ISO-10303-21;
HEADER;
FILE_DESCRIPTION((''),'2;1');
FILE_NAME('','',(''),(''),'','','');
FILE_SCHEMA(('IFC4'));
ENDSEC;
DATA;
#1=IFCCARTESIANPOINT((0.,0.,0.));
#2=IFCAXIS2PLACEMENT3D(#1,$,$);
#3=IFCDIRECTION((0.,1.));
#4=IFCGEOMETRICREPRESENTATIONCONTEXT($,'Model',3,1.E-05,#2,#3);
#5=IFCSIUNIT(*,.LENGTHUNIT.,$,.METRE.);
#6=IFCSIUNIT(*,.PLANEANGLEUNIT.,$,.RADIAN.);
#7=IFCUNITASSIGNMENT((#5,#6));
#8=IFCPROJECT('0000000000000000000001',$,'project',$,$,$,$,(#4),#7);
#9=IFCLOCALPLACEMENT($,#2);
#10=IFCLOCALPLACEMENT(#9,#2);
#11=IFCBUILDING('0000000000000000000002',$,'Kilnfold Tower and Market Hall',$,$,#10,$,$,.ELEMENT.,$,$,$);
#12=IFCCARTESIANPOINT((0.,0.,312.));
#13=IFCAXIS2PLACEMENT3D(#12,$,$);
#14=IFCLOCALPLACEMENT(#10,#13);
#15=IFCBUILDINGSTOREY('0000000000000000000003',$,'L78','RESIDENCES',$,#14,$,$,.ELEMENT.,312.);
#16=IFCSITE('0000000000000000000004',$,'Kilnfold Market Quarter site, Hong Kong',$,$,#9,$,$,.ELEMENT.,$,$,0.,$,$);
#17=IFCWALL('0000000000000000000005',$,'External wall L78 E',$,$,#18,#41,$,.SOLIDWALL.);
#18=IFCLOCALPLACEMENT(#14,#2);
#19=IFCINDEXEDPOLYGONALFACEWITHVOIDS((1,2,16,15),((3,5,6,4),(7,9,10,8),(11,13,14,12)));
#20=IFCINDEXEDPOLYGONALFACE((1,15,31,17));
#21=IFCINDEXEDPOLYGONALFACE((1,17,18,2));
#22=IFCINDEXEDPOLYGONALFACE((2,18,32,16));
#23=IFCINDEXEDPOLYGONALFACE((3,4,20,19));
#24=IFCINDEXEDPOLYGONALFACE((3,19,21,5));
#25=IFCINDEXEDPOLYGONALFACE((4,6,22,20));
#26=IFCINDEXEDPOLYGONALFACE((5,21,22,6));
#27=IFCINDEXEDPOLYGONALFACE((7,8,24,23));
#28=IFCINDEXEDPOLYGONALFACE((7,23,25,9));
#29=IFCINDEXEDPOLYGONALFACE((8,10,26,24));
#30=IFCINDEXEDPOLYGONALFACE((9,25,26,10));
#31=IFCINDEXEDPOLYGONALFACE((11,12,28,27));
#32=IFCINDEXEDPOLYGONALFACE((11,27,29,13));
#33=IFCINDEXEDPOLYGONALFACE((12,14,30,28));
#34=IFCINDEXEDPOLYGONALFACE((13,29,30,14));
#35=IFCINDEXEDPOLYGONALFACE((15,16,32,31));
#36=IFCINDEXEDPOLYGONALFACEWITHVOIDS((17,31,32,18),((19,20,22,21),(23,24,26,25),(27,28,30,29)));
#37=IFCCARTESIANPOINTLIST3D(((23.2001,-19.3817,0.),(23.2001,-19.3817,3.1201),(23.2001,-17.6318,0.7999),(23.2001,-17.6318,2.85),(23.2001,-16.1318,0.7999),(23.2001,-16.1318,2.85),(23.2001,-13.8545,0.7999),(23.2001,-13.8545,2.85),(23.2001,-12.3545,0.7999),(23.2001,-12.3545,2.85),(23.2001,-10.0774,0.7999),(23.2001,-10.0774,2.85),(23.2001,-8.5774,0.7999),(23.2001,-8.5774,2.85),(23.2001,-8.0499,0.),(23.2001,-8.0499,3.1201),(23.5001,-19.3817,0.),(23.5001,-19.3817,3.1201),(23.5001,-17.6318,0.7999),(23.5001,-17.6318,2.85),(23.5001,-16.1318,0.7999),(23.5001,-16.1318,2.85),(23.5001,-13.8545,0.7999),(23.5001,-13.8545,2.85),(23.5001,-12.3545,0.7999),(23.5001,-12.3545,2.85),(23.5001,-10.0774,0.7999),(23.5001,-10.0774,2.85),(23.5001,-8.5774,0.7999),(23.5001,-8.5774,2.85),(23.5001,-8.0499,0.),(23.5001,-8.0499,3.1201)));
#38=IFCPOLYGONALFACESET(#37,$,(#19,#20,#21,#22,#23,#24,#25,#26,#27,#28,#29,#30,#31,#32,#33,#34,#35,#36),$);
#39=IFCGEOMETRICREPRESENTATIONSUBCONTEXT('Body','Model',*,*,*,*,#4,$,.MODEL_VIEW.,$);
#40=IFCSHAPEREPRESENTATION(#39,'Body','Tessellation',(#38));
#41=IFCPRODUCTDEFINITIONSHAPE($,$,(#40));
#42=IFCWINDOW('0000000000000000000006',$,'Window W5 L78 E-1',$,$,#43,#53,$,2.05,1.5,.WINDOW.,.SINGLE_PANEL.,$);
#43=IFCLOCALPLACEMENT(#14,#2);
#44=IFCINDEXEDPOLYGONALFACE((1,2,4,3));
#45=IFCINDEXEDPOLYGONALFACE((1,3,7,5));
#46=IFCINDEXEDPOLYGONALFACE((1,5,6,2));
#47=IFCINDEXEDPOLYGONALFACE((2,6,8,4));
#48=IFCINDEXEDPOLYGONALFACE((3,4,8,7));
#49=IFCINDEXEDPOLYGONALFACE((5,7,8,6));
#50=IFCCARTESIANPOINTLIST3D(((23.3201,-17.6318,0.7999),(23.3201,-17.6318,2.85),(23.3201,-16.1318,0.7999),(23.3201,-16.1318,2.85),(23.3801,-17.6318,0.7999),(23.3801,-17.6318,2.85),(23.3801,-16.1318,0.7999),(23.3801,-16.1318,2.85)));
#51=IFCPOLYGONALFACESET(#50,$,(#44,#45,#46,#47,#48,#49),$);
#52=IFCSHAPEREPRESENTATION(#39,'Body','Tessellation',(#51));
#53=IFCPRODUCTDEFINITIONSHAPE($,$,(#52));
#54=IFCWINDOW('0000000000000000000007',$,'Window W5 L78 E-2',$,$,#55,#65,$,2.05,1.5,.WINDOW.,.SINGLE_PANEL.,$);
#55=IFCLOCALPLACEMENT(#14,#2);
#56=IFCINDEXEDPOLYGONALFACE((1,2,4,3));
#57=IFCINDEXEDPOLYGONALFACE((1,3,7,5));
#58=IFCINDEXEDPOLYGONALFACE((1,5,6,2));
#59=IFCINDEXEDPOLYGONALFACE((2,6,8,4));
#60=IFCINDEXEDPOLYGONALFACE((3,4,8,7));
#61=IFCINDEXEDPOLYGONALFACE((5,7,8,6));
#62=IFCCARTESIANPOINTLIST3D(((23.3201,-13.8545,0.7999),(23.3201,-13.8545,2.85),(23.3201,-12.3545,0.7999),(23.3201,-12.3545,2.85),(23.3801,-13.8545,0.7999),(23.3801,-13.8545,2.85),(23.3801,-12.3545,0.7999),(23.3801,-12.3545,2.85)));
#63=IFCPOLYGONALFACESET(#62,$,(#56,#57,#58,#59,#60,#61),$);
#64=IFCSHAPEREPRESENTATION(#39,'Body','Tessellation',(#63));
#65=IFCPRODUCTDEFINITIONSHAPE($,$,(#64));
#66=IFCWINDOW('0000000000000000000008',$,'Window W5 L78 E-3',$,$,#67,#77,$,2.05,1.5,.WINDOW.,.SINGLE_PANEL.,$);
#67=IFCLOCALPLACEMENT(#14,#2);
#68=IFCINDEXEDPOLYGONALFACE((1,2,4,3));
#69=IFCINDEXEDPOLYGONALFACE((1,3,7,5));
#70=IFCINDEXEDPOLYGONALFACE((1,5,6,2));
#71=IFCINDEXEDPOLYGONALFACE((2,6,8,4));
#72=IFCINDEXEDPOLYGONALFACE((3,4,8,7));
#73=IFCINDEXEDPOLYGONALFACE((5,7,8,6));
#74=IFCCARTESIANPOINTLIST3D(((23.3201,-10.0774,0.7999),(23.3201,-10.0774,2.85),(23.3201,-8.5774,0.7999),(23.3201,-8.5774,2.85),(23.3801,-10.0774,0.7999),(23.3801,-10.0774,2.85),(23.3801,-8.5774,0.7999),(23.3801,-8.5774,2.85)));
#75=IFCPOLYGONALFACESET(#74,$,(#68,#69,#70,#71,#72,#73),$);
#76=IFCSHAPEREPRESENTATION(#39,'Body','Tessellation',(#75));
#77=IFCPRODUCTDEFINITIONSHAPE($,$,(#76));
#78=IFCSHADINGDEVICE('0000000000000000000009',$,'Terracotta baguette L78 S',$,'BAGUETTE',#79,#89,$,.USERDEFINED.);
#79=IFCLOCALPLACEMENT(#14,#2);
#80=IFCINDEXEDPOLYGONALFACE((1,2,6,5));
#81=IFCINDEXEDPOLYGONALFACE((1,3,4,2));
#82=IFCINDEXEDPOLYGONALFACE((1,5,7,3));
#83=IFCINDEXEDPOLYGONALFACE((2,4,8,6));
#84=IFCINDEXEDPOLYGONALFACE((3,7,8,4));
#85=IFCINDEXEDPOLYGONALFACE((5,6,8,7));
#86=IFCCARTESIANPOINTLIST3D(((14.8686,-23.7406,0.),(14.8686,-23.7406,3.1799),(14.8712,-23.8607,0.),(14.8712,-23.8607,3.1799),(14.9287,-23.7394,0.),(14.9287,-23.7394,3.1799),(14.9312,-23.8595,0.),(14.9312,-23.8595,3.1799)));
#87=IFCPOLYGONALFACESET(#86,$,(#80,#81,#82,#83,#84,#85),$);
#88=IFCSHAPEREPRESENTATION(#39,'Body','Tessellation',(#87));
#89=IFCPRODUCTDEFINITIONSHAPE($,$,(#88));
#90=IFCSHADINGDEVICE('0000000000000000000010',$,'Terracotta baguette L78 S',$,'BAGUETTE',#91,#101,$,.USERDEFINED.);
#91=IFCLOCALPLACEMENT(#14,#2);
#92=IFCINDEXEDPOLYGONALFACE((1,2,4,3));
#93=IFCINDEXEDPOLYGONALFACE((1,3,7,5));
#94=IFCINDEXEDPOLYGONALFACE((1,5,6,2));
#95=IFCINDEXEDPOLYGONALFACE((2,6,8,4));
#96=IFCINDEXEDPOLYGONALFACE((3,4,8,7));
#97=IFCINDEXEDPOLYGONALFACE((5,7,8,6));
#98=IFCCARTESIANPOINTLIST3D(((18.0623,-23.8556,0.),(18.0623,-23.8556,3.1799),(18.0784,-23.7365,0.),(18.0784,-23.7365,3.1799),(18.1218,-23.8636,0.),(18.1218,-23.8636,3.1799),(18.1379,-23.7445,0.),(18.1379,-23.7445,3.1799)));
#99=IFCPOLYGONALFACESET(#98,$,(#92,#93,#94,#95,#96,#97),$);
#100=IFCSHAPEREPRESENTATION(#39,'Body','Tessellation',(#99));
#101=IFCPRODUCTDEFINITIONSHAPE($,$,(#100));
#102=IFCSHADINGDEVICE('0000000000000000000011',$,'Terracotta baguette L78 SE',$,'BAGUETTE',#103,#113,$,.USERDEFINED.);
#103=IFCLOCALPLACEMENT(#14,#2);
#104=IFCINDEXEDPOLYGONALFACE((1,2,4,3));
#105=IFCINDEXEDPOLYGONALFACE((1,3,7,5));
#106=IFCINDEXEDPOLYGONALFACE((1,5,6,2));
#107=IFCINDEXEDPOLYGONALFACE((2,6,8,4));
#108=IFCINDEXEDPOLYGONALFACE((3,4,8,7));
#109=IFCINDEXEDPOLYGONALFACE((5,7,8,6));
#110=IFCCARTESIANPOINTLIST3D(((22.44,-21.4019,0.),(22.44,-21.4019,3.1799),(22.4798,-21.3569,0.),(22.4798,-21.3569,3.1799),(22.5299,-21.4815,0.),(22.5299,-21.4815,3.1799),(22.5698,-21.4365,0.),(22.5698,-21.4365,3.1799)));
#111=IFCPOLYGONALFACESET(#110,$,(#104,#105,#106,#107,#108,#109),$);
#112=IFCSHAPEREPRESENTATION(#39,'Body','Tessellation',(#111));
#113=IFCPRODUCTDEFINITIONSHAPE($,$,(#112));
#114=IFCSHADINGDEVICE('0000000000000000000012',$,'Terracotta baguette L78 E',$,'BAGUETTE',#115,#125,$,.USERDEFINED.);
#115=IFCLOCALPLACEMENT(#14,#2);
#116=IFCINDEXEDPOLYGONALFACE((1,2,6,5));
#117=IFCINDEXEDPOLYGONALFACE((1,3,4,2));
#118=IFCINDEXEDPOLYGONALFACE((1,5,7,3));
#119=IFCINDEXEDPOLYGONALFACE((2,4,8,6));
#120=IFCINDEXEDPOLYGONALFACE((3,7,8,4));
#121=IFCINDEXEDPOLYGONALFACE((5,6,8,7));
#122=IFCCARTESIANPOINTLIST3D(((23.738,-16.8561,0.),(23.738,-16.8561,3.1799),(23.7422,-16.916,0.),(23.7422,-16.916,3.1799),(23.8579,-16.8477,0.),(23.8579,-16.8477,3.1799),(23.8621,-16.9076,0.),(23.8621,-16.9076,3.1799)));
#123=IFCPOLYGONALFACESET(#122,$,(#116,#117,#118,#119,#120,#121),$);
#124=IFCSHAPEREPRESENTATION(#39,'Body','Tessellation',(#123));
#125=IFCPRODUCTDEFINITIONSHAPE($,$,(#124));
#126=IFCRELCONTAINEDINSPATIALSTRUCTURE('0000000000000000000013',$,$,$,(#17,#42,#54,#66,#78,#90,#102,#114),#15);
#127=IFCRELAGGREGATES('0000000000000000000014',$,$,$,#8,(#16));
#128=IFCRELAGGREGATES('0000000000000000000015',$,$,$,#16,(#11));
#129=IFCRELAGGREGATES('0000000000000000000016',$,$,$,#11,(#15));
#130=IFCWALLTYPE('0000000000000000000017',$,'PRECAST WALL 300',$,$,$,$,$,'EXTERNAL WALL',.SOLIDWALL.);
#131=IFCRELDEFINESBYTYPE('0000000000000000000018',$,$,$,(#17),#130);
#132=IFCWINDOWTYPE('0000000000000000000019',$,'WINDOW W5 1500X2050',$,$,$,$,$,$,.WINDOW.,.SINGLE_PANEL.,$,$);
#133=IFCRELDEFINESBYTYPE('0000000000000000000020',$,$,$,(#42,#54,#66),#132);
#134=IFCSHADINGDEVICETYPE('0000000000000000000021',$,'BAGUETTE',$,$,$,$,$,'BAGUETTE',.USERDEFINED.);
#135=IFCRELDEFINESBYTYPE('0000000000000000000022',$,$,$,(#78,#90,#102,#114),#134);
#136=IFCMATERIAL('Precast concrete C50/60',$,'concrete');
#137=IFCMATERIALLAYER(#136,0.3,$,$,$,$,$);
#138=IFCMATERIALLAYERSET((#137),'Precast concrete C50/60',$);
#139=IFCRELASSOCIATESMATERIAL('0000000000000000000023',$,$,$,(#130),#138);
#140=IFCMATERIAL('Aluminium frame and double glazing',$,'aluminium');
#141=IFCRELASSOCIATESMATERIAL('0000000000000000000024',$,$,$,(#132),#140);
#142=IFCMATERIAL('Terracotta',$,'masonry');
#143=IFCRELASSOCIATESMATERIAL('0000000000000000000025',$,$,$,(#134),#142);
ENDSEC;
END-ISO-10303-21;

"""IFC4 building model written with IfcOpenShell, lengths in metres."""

from ifc_helpers import new_model, si_unit, direction, frame, frame_2d, origin, origin_2d, place, context, subcontext, project, spatial, rectangle, extrude, source, transform, mapped, material, layer, layer_set, material_profile, profile_set, type_object, element, fill, save


model = new_model("IFC4")

# Units and contexts
model_context = context("Model", 3, precision=1e-05, world=origin(), true_north=direction((0.0, 1.0)))
body_context = subcontext(model_context, "Body", "Model", "MODEL_VIEW")
ifc_project = project(units=[si_unit("LENGTHUNIT", "METRE"), si_unit("PLANEANGLEUNIT", "RADIAN")], contexts=[model_context])

# Site, building, storey
site_placement = place(None, origin())
site = spatial("IfcSite", under=ifc_project, at=site_placement, Name="Kilnfold Market Quarter site, Hong Kong", CompositionType="ELEMENT", RefElevation=0.0)
building_placement = place(site_placement, origin())
building = spatial("IfcBuilding", under=site, at=building_placement, Name="Kilnfold Tower and Market Hall", CompositionType="ELEMENT")
storey_placement = place(building_placement, frame((0.0, 0.0, 312.0)))
storey = spatial("IfcBuildingStorey", under=building, at=storey_placement, Name="L78", Description="RESIDENCES", CompositionType="ELEMENT", Elevation=312.0)

# Shared definitions
ifc_material_1 = material(Name="Precast concrete C50/60", Category="concrete")
ifc_layer_1 = layer(ifc_material_1, 0.3)
ifc_layer_set_1 = layer_set([ifc_layer_1], Name="Precast concrete C50/60")
wall_type_1 = type_object("IfcWallType", Name="PRECAST WALL 300", ElementType="EXTERNAL WALL", PredefinedType="SOLIDWALL", material=ifc_layer_set_1)
ifc_material_2 = material(Name="Aluminium frame and double glazing", Category="aluminium")
window_type = type_object("IfcWindowType", Name="WINDOW W5 1500X2050", PartitioningType="SINGLE_PANEL", PredefinedType="WINDOW", material=ifc_material_2)

# Wall, openings, windows
shared_shape_1 = source(origin(), body_context, "Body", "SweptSolid", [
    extrude(rectangle(XDim=11.3318, YDim=0.3, at=frame_2d((5.666, 0.0))), origin(), (0.0, 0.0, 1.0), 3.1201),
])
wall_1_placement = place(storey_placement, frame((23.3501, -19.3818, 0.0), z_axis=(0.0, 0.0, 1.0), x_axis=(0.0, 1.0, 0.0)))
wall_1 = element("IfcWall", 1, at=wall_1_placement, inside=storey, type_object=wall_type_1, Name="External wall L78 E", PredefinedType="SOLIDWALL", context=body_context, shape_type="MappedRepresentation", body=[
    mapped(shared_shape_1, transform((0.0, 0.0, 0.0))),
])
opening_1_placement = place(wall_1_placement, frame((1.75, 0.0, 0.8)))
opening_1 = element("IfcOpeningElement", 2, at=opening_1_placement, cuts=wall_1, PredefinedType="OPENING", context=body_context, shape_type="SweptSolid", body=[
    extrude(rectangle(XDim=1.5, YDim=2.05, at=frame_2d((0.75, 1.0249))), frame((0.0, 0.1602, 0.0), z_axis=(0.0, -1.0, 0.0), x_axis=(1.0, 0.0, 0.0)), (0.0, 0.0, 1.0), 0.3201),
])
opening_2_placement = place(wall_1_placement, frame((5.5273, 0.0, 0.8)))
opening_2 = element("IfcOpeningElement", 3, at=opening_2_placement, cuts=wall_1, PredefinedType="OPENING", context=body_context, shape_type="SweptSolid", body=[
    extrude(rectangle(XDim=1.5, YDim=2.05, at=frame_2d((0.75, 1.0249))), frame((0.0, 0.1602, 0.0), z_axis=(0.0, -1.0, 0.0), x_axis=(1.0, 0.0, 0.0)), (0.0, 0.0, 1.0), 0.3201),
])
opening_3_placement = place(wall_1_placement, frame((9.3044, 0.0, 0.8)))
opening_3 = element("IfcOpeningElement", 4, at=opening_3_placement, cuts=wall_1, PredefinedType="OPENING", context=body_context, shape_type="SweptSolid", body=[
    extrude(rectangle(XDim=1.5, YDim=2.05, at=frame_2d((0.75, 1.0249))), frame((0.0, 0.1602, 0.0), z_axis=(0.0, -1.0, 0.0), x_axis=(1.0, 0.0, 0.0)), (0.0, 0.0, 1.0), 0.3201),
])
window_1_placement = place(opening_1_placement, origin())
window_1 = element("IfcWindow", 5, at=window_1_placement, inside=storey, type_object=window_type, Name="Window W5 L78 E-1", OverallHeight=2.05, OverallWidth=1.5, PartitioningType="SINGLE_PANEL", PredefinedType="WINDOW", context=body_context, shape_type="SweptSolid", body=[
    extrude(rectangle(XDim=1.5, YDim=2.05, at=frame_2d((0.75, 1.0249))), frame((0.0, 0.03, 0.0), z_axis=(0.0, -1.0, 0.0), x_axis=(1.0, 0.0, 0.0)), (0.0, 0.0, 1.0), 0.0601),
])
fill(opening_1, window_1)
window_2_placement = place(opening_2_placement, origin())
window_2 = element("IfcWindow", 6, at=window_2_placement, inside=storey, type_object=window_type, Name="Window W5 L78 E-2", OverallHeight=2.05, OverallWidth=1.5, PartitioningType="SINGLE_PANEL", PredefinedType="WINDOW", context=body_context, shape_type="SweptSolid", body=[
    extrude(rectangle(XDim=1.5, YDim=2.05, at=frame_2d((0.75, 1.0249))), frame((0.0, 0.03, 0.0), z_axis=(0.0, -1.0, 0.0), x_axis=(1.0, 0.0, 0.0)), (0.0, 0.0, 1.0), 0.0601),
])
fill(opening_2, window_2)
window_3_placement = place(opening_3_placement, origin())
window_3 = element("IfcWindow", 7, at=window_3_placement, inside=storey, type_object=window_type, Name="Window W5 L78 E-3", OverallHeight=2.05, OverallWidth=1.5, PartitioningType="SINGLE_PANEL", PredefinedType="WINDOW", context=body_context, shape_type="SweptSolid", body=[
    extrude(rectangle(XDim=1.5, YDim=2.05, at=frame_2d((0.75, 1.0249))), frame((0.0, 0.03, 0.0), z_axis=(0.0, -1.0, 0.0), x_axis=(1.0, 0.0, 0.0)), (0.0, 0.0, 1.0), 0.0601),
])
fill(opening_3, window_3)

# Shading devices
ifc_material_3 = material(Name="Terracotta", Category="masonry")
ifc_material_profile_1 = material_profile(ifc_material_3, rectangle(XDim=0.0601, YDim=0.1201, at=origin_2d()), Name="BAG 60x120")
ifc_profile_set_1 = profile_set([ifc_material_profile_1], Name="Terracotta")
shading_device_type = type_object("IfcShadingDeviceType", Name="BAGUETTE", ElementType="BAGUETTE", PredefinedType="USERDEFINED", material=ifc_profile_set_1)
shared_shape_2 = source(origin(), body_context, "Body", "SweptSolid", [
    extrude(rectangle(XDim=0.0601, YDim=0.1201, at=origin_2d()), origin(), (0.0, 0.0, 1.0), 3.1799),
])
for number, where, z_axis, x_axis, name in (
    (8, (14.8999, -23.8, 0.0), (0.0, 0.0, 1.0), (0.999775, 0.021222, 0.0), "Terracotta baguette L78 S"),
    (9, (18.1001, -23.8, 0.0), (0.0, 0.0, 1.0), (0.991048, -0.133507, 0.0), "Terracotta baguette L78 S"),
    (10, (22.5049, -21.4192, 0.0), (0.0, 0.0, 1.0), (0.662892, 0.748715, 0.0), "Terracotta baguette L78 SE"),
    (11, (23.8, -16.8818, 0.0), (0.0, 0.0, 1.0), (-0.070047, 0.997544, 0.0), "Terracotta baguette L78 E"),
):
    element("IfcShadingDevice", number, at=place(storey_placement, frame(where, z_axis=z_axis, x_axis=x_axis)), inside=storey, type_object=shading_device_type, Name=name, ObjectType="BAGUETTE", PredefinedType="USERDEFINED", context=body_context, shape_type="MappedRepresentation", body=[
        mapped(shared_shape_2, transform((0.0, 0.0, 0.0))),
    ])

save(model, "model.ifc")
